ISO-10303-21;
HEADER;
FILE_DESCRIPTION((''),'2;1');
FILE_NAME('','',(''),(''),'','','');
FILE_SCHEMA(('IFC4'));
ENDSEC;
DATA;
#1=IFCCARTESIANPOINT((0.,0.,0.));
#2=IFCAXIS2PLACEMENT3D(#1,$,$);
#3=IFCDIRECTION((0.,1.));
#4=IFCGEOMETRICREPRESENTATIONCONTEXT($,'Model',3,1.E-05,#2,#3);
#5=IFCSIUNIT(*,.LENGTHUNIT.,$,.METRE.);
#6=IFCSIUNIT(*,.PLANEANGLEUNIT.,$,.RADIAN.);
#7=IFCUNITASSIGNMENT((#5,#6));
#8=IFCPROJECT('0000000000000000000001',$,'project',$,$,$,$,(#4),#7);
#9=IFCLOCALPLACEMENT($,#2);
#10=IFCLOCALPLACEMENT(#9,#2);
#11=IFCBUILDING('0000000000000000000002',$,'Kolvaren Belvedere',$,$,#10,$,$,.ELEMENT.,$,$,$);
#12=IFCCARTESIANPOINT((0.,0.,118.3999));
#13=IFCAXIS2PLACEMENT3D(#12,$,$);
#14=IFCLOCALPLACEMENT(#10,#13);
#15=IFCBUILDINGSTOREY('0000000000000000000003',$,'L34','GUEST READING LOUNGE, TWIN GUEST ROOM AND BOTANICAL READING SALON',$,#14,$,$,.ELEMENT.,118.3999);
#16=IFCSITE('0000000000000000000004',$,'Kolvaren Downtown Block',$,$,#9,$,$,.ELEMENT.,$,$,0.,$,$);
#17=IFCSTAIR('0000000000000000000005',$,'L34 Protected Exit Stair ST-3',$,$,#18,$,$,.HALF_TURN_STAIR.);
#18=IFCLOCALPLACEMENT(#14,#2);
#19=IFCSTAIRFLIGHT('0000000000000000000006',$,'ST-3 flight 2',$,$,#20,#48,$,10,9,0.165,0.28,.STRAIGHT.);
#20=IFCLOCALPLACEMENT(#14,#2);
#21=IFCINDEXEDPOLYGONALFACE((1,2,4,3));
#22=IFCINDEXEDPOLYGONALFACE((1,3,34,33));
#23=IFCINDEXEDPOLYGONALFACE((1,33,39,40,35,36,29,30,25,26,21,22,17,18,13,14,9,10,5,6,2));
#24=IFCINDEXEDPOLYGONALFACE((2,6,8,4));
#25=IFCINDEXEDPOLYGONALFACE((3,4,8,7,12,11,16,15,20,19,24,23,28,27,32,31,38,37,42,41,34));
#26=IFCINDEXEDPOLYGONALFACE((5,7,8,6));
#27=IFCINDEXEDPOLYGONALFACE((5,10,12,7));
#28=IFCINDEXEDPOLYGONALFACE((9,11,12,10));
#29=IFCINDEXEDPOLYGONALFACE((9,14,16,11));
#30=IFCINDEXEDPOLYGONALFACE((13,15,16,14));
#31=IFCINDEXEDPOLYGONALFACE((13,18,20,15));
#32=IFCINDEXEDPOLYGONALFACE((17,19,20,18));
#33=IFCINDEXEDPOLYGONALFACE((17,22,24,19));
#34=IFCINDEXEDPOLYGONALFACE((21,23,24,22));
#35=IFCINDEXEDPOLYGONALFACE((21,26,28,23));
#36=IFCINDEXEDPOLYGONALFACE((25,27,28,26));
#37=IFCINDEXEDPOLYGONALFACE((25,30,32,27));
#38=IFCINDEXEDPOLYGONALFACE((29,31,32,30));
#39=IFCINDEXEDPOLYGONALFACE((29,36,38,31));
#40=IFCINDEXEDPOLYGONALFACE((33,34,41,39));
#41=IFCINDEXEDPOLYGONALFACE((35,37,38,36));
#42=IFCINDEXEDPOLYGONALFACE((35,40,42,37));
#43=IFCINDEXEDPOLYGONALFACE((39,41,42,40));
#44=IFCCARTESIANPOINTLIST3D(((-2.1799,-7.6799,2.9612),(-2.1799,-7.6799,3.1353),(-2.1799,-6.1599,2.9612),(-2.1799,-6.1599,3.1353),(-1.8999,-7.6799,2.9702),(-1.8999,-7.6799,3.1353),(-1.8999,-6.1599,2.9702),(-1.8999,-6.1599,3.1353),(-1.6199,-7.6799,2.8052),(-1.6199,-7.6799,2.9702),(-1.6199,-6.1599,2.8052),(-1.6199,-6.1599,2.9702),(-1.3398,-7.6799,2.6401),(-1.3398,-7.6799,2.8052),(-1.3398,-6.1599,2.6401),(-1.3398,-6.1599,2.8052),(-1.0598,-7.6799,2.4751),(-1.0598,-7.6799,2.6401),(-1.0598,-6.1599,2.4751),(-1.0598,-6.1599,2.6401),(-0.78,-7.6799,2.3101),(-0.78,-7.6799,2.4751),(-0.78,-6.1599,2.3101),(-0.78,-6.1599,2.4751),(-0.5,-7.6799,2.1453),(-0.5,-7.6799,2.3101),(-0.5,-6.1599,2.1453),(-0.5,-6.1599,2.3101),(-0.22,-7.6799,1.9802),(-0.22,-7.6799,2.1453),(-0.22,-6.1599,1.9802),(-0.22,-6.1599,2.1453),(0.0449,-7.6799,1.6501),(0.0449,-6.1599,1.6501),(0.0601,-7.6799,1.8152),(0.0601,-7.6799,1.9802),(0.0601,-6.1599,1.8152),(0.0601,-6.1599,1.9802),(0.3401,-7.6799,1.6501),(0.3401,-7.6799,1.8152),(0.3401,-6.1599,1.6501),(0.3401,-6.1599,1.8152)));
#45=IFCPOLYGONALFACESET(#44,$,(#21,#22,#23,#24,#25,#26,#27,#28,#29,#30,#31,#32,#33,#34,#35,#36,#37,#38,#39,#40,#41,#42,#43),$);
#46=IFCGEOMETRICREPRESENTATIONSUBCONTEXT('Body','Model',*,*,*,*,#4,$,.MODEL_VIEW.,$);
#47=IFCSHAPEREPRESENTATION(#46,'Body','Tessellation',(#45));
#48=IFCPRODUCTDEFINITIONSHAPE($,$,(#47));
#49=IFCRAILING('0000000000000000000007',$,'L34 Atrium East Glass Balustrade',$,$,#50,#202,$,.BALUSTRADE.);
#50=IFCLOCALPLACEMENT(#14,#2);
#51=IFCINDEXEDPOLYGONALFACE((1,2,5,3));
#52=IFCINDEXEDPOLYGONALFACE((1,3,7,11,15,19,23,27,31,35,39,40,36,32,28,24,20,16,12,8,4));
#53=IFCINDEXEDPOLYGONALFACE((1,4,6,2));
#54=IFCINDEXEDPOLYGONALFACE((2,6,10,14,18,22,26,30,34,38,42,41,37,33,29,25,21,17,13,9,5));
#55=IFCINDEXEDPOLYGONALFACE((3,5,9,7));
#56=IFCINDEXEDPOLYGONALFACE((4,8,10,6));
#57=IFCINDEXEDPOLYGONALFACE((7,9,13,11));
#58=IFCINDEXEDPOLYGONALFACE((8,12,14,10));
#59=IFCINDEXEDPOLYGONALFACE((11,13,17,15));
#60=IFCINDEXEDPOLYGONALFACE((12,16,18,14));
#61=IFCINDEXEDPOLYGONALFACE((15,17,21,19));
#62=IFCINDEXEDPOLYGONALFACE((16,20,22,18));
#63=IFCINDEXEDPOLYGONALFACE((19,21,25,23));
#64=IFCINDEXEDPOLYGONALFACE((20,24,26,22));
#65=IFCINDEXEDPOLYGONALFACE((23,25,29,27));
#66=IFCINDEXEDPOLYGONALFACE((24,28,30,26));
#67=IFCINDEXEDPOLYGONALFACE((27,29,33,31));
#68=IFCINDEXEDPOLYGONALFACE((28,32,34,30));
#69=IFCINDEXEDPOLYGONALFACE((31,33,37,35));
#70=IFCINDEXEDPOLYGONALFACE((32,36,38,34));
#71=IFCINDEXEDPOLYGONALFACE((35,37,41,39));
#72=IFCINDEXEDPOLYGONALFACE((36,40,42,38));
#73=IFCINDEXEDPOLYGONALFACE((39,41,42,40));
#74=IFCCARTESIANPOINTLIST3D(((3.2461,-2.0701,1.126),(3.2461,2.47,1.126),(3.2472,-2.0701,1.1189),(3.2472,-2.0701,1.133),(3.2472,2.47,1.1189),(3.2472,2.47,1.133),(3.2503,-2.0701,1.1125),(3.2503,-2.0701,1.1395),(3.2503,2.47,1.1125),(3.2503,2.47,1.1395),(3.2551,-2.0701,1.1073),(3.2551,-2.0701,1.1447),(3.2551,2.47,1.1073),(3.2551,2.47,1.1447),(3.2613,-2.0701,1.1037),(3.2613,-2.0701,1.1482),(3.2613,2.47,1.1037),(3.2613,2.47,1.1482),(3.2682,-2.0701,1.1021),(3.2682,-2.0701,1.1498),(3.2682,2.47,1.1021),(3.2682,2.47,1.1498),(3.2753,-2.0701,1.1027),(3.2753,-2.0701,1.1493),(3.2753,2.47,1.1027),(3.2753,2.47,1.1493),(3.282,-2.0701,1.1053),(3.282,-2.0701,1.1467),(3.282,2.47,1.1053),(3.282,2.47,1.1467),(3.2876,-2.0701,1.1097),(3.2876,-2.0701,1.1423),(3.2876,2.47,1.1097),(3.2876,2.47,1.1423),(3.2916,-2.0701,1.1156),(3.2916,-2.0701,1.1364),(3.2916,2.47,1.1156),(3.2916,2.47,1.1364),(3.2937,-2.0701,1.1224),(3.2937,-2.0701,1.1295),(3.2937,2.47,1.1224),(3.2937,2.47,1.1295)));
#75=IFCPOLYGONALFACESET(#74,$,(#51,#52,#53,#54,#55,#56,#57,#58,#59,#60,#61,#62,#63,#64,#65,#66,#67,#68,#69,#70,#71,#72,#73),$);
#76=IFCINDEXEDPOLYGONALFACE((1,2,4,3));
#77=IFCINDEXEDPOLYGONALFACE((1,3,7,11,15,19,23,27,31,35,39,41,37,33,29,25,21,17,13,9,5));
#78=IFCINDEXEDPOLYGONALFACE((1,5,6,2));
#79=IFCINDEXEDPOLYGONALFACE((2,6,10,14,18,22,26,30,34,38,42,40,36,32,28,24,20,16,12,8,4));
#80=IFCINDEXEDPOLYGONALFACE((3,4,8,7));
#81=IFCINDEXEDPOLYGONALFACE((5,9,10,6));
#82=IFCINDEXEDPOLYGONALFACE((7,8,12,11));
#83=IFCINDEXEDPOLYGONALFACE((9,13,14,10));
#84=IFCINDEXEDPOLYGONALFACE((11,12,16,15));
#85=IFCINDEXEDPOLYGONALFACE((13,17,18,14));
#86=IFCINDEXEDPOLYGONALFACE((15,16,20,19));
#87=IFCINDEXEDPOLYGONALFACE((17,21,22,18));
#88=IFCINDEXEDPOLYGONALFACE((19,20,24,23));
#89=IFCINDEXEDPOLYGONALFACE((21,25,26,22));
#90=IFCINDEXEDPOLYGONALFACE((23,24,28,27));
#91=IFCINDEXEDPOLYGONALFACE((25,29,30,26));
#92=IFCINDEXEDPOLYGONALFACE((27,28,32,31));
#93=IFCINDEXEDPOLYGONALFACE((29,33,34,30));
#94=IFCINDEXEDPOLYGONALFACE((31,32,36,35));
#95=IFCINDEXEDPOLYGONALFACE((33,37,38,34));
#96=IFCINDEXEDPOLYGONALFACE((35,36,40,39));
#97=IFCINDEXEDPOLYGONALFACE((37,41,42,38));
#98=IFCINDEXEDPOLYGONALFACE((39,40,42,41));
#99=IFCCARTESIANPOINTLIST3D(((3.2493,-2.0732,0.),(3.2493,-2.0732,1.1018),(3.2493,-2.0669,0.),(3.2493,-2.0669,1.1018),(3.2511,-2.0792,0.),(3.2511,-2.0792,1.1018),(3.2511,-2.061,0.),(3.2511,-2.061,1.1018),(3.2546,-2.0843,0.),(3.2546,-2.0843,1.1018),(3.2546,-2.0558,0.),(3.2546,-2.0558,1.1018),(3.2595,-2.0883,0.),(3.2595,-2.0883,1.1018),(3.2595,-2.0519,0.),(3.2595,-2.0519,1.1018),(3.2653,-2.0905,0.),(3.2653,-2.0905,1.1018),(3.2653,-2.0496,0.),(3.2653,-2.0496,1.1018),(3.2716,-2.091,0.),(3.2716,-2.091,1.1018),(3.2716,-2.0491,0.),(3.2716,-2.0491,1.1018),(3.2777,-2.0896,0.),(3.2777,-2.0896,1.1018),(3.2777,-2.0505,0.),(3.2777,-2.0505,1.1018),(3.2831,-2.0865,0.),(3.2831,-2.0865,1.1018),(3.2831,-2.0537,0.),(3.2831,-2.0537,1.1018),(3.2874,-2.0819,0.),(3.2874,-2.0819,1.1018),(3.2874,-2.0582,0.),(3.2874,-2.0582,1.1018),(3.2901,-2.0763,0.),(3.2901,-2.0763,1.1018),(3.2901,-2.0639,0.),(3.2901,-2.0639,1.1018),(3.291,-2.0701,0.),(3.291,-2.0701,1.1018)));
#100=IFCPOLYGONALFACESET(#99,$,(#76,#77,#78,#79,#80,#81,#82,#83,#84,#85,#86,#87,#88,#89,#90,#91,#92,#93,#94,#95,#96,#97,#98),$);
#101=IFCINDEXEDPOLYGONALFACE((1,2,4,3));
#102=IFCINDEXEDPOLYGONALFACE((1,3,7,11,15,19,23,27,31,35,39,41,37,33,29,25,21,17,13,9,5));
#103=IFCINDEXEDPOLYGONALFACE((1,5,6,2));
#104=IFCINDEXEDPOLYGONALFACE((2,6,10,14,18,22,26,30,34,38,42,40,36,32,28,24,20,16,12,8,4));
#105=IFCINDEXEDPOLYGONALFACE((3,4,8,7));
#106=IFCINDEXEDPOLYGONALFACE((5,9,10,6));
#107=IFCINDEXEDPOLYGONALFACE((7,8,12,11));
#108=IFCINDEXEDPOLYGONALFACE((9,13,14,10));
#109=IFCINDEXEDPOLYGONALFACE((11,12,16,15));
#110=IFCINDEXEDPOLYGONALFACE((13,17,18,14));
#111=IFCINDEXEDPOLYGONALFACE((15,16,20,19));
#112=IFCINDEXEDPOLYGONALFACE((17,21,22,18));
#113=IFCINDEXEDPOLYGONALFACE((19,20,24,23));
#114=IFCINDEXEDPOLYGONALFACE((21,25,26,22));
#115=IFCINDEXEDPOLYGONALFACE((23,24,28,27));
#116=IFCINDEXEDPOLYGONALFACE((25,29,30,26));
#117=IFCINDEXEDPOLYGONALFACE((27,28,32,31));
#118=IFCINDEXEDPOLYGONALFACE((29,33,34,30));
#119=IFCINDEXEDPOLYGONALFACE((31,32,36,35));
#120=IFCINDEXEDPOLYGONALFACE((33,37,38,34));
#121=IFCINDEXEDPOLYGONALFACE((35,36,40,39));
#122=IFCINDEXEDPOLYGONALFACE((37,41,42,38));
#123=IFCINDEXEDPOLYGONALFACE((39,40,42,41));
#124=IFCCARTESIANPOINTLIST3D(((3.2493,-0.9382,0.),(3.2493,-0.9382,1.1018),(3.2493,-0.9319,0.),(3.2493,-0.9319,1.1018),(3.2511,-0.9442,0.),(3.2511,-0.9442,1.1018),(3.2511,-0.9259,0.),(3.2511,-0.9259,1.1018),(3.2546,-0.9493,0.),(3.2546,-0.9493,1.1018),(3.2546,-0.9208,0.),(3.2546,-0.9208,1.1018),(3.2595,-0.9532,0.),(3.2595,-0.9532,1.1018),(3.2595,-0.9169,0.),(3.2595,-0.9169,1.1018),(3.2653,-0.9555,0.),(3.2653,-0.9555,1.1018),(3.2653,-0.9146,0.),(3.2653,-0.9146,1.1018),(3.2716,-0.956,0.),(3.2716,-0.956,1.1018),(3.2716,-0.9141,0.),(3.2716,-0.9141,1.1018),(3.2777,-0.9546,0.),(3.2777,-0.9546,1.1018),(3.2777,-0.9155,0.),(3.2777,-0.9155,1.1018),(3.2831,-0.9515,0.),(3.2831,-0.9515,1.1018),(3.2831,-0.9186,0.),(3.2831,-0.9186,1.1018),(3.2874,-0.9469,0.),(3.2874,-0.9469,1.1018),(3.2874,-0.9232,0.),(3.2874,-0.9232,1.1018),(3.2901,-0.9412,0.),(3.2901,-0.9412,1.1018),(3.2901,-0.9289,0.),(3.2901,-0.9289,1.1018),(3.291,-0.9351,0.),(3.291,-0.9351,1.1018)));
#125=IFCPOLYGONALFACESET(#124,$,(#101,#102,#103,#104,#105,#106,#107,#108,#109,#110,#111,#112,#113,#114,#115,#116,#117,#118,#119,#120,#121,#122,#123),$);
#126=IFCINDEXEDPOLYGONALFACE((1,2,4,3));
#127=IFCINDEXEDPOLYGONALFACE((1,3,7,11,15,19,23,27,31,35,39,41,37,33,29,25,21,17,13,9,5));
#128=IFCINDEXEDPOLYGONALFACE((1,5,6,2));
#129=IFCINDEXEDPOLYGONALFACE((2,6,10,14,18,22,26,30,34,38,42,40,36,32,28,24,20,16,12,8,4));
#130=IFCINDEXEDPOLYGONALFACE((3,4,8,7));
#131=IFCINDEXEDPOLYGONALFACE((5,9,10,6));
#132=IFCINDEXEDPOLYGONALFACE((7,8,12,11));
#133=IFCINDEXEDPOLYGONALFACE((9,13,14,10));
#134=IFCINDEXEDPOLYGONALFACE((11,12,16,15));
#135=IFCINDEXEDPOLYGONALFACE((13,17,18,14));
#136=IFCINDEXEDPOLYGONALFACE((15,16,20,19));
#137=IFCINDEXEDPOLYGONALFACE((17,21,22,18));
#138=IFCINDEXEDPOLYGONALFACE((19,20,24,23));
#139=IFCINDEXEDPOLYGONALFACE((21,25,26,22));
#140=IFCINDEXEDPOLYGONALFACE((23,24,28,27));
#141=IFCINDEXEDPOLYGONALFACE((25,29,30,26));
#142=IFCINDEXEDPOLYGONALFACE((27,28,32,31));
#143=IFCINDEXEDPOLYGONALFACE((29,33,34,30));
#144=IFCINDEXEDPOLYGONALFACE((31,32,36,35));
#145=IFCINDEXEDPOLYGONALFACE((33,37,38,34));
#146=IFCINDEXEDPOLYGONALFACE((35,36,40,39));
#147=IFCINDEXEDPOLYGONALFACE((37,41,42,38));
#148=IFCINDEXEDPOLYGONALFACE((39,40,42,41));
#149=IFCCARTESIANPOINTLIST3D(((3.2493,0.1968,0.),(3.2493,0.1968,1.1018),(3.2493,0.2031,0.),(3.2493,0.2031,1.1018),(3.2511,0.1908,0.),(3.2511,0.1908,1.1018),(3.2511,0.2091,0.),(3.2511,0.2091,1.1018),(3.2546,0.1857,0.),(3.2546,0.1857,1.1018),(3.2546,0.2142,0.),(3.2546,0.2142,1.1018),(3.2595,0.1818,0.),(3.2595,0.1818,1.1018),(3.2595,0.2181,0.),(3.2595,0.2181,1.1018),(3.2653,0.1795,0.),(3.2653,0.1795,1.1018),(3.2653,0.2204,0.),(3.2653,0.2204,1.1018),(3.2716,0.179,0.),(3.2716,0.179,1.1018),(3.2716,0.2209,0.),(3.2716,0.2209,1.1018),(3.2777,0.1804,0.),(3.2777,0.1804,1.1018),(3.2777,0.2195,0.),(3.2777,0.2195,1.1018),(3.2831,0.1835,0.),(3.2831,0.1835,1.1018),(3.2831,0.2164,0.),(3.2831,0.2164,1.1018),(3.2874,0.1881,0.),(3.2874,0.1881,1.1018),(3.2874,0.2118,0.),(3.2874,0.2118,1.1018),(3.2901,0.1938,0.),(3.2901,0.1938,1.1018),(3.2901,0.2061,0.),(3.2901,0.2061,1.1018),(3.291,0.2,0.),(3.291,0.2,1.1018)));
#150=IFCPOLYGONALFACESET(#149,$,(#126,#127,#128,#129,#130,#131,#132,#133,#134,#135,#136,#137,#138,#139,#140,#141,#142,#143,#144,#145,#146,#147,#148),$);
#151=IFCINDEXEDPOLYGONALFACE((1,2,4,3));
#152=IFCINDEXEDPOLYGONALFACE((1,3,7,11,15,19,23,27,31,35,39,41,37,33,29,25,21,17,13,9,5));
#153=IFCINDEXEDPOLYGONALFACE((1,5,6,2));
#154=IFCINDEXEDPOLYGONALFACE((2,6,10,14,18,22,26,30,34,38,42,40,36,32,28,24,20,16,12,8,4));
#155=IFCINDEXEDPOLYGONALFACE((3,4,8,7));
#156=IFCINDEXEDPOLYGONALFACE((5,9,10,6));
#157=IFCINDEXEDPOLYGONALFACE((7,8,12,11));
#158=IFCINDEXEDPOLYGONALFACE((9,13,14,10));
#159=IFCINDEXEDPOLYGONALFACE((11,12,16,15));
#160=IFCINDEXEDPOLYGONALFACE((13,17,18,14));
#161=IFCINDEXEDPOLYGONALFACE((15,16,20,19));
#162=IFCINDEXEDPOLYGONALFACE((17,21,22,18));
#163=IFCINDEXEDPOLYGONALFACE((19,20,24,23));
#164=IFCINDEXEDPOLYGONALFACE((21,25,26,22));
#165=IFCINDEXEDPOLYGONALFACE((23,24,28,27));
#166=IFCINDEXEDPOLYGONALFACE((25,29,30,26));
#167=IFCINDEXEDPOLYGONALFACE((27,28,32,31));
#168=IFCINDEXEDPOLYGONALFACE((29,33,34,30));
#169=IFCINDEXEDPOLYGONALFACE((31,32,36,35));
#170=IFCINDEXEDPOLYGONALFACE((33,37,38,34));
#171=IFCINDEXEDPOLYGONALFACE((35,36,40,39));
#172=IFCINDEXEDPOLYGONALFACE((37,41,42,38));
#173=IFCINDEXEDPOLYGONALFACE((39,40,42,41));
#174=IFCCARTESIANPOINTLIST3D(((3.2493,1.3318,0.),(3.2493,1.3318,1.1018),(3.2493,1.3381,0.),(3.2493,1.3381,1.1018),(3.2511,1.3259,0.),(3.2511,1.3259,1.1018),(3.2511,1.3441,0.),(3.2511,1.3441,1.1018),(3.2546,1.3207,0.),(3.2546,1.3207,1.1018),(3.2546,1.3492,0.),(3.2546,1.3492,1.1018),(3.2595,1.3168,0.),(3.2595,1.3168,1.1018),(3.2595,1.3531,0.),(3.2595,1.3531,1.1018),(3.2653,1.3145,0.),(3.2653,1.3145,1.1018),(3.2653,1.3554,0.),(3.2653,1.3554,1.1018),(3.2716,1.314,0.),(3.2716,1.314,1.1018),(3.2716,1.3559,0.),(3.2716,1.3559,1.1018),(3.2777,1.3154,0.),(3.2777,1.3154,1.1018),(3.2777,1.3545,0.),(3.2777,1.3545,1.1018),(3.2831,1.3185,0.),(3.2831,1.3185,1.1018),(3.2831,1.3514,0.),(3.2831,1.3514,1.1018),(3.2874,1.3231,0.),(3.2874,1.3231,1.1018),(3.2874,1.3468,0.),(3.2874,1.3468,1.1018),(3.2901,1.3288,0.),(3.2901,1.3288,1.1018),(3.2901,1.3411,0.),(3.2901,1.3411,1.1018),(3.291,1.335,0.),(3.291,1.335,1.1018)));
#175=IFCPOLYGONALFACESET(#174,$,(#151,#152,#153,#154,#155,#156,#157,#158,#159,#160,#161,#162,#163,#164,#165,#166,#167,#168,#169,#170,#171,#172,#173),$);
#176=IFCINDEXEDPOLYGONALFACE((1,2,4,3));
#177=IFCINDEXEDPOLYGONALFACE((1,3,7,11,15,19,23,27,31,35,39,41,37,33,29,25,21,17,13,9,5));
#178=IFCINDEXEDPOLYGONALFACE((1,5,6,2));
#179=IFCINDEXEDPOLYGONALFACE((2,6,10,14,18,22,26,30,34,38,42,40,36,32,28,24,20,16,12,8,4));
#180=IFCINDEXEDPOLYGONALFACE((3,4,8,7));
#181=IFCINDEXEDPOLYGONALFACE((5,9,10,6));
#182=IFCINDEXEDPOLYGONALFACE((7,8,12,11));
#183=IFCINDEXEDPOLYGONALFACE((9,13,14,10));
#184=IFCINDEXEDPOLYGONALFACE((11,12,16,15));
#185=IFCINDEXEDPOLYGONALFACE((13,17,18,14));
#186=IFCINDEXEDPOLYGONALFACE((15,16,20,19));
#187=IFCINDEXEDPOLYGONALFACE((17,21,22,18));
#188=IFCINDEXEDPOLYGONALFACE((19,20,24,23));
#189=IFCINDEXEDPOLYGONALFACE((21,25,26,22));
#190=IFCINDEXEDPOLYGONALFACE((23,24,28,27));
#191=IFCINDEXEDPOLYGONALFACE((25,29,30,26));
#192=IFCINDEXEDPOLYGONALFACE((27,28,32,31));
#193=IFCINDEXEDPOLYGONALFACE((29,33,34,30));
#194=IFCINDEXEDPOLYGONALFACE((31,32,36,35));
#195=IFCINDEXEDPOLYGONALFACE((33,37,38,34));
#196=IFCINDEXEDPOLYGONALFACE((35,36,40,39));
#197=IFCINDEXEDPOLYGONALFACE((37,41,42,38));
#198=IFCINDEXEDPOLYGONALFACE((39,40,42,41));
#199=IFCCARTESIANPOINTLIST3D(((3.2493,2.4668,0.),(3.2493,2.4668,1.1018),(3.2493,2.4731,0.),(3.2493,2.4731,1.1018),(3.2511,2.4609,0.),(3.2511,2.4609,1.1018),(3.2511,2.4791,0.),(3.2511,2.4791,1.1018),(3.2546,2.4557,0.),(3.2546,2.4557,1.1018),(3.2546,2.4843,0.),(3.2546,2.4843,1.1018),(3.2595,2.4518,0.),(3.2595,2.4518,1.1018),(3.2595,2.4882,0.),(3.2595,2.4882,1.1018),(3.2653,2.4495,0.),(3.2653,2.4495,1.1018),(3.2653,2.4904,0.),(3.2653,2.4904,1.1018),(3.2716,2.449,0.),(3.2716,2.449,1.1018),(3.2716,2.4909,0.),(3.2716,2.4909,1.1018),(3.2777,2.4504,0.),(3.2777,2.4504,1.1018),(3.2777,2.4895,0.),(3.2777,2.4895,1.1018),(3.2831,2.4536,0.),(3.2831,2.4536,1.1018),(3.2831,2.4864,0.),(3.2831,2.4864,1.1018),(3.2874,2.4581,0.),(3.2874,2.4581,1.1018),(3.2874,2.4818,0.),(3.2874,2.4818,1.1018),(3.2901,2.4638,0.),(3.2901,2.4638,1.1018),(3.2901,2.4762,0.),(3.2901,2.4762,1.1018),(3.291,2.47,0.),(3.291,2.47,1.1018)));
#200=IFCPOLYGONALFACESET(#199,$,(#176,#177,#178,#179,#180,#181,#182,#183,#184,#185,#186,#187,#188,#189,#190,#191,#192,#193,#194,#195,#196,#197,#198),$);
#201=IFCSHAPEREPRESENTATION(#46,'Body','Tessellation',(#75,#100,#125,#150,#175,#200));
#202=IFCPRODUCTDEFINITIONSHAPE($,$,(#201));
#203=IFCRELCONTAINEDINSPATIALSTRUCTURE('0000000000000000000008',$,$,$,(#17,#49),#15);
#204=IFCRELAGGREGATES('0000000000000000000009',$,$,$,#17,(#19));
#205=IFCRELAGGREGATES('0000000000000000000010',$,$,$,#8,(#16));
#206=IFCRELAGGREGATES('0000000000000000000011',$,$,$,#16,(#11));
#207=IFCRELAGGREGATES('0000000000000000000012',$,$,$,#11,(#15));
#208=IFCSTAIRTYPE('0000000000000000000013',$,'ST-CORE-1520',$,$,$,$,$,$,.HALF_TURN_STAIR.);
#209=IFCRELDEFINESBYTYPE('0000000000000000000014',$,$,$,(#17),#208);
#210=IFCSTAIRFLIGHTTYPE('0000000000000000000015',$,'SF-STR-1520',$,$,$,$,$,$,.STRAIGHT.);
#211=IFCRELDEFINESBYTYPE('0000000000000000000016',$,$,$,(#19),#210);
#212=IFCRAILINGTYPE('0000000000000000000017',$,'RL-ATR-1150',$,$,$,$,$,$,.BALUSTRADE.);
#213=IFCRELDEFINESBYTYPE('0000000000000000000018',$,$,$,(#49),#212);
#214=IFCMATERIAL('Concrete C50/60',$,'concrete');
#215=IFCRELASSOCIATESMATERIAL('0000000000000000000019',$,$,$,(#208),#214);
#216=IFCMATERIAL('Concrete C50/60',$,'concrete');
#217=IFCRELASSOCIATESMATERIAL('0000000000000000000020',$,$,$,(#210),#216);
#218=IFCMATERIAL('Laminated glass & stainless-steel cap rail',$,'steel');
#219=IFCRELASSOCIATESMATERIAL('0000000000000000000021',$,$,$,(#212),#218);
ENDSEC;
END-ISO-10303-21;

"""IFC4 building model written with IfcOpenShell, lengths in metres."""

from ifc_helpers import new_model, si_unit, direction, frame, origin, origin_2d, place, context, subcontext, project, spatial, polyline, circle, outline, extrude, material, type_object, element, aggregate, save


model = new_model("IFC4")

# Units and contexts
model_context = context("Model", 3, precision=1e-05, world=origin(), true_north=direction((0.0, 1.0)))
body_context = subcontext(model_context, "Body", "Model", "MODEL_VIEW")
ifc_project = project(units=[si_unit("LENGTHUNIT", "METRE"), si_unit("PLANEANGLEUNIT", "RADIAN")], contexts=[model_context])

# Site, building, storey
site_placement = place(None, origin())
site = spatial("IfcSite", under=ifc_project, at=site_placement, Name="Kolvaren Downtown Block", CompositionType="ELEMENT", RefElevation=0.0)
building_placement = place(site_placement, origin())
building = spatial("IfcBuilding", under=site, at=building_placement, Name="Kolvaren Belvedere", CompositionType="ELEMENT")
storey_placement = place(building_placement, frame((0.0, 0.0, 118.3999)))
storey = spatial("IfcBuildingStorey", under=building, at=storey_placement, Name="L34", Description="GUEST READING LOUNGE, TWIN GUEST ROOM AND BOTANICAL READING SALON", CompositionType="ELEMENT", Elevation=118.3999)

# Stair, stair flight
ifc_material_1 = material(Name="Concrete C50/60", Category="concrete")
stair_type = type_object("IfcStairType", Name="ST-CORE-1520", PredefinedType="HALF_TURN_STAIR", material=ifc_material_1)
stair_placement = place(storey_placement, origin())
stair = element("IfcStair", 1, at=stair_placement, inside=storey, type_object=stair_type, Name="L34 Protected Exit Stair ST-3", PredefinedType="HALF_TURN_STAIR")
ifc_material_2 = material(Name="Concrete C50/60", Category="concrete")
stair_flight_type = type_object("IfcStairFlightType", Name="SF-STR-1520", PredefinedType="STRAIGHT", material=ifc_material_2)
stair_flight_placement = place(storey_placement, frame((0.3401, -6.9199, 1.6501), z_axis=(0.0, 0.0, 1.0), x_axis=(-1.0, 0.0, 0.0)))
stair_flight = element("IfcStairFlight", 2, at=stair_flight_placement, type_object=stair_flight_type, Name="ST-3 flight 2", NumberOfRisers=10, NumberOfTreads=9, PredefinedType="STRAIGHT", RiserHeight=0.165, TreadLength=0.28, context=body_context, shape_type="SweptSolid", body=[
    extrude(outline(polyline([(0.0, 0.0), (0.0, 0.165), (0.28, 0.165), (0.28, 0.3301), (0.5601, 0.3301), (0.5601, 0.4951), (0.8401, 0.4951), (0.8401, 0.6599), (1.1201, 0.6599), (1.1201, 0.825), (1.3999, 0.825), (1.3999, 0.99), (1.6799, 0.99), (1.6799, 1.155), (1.96, 1.155), (1.96, 1.3201), (2.24, 1.3201), (2.24, 1.4851), (2.52, 1.4851), (2.52, 1.6499), (2.52, 1.311), (0.2952, 0.0), (0.0, 0.0)])), frame((0.0, 0.76, 0.0), z_axis=(0.0, -1.0, 0.0), x_axis=(1.0, 0.0, 0.0)), (0.0, 0.0, 1.0), 1.52),
])
aggregate(stair, [stair_flight])

# Railing
ifc_material_3 = material(Name="Laminated glass & stainless-steel cap rail", Category="steel")
railing_type_1 = type_object("IfcRailingType", Name="RL-ATR-1150", PredefinedType="BALUSTRADE", material=ifc_material_3)
railing_1_placement = place(storey_placement, frame((3.27, -2.0701, 0.0)))
element("IfcRailing", 3, at=railing_1_placement, inside=storey, type_object=railing_type_1, Name="L34 Atrium East Glass Balustrade", PredefinedType="BALUSTRADE", context=body_context, shape_type="SweptSolid", body=[
    extrude(circle(Radius=0.0239, at=origin_2d()), frame((0.0, 0.0, 1.126), z_axis=(0.0, 1.0, 0.0), x_axis=(-1.0, 0.0, 0.0)), (0.0, 0.0, 1.0), 4.54),
    extrude(circle(Radius=0.021, at=origin_2d()), origin(), (0.0, 0.0, 1.0), 1.1018),
    extrude(circle(Radius=0.021, at=origin_2d()), frame((0.0, 1.135, 0.0)), (0.0, 0.0, 1.0), 1.1018),
    extrude(circle(Radius=0.021, at=origin_2d()), frame((0.0, 2.27, 0.0)), (0.0, 0.0, 1.0), 1.1018),
    extrude(circle(Radius=0.021, at=origin_2d()), frame((0.0, 3.405, 0.0)), (0.0, 0.0, 1.0), 1.1018),
    extrude(circle(Radius=0.021, at=origin_2d()), frame((0.0, 4.54, 0.0)), (0.0, 0.0, 1.0), 1.1018),
])

save(model, "model.ifc")
